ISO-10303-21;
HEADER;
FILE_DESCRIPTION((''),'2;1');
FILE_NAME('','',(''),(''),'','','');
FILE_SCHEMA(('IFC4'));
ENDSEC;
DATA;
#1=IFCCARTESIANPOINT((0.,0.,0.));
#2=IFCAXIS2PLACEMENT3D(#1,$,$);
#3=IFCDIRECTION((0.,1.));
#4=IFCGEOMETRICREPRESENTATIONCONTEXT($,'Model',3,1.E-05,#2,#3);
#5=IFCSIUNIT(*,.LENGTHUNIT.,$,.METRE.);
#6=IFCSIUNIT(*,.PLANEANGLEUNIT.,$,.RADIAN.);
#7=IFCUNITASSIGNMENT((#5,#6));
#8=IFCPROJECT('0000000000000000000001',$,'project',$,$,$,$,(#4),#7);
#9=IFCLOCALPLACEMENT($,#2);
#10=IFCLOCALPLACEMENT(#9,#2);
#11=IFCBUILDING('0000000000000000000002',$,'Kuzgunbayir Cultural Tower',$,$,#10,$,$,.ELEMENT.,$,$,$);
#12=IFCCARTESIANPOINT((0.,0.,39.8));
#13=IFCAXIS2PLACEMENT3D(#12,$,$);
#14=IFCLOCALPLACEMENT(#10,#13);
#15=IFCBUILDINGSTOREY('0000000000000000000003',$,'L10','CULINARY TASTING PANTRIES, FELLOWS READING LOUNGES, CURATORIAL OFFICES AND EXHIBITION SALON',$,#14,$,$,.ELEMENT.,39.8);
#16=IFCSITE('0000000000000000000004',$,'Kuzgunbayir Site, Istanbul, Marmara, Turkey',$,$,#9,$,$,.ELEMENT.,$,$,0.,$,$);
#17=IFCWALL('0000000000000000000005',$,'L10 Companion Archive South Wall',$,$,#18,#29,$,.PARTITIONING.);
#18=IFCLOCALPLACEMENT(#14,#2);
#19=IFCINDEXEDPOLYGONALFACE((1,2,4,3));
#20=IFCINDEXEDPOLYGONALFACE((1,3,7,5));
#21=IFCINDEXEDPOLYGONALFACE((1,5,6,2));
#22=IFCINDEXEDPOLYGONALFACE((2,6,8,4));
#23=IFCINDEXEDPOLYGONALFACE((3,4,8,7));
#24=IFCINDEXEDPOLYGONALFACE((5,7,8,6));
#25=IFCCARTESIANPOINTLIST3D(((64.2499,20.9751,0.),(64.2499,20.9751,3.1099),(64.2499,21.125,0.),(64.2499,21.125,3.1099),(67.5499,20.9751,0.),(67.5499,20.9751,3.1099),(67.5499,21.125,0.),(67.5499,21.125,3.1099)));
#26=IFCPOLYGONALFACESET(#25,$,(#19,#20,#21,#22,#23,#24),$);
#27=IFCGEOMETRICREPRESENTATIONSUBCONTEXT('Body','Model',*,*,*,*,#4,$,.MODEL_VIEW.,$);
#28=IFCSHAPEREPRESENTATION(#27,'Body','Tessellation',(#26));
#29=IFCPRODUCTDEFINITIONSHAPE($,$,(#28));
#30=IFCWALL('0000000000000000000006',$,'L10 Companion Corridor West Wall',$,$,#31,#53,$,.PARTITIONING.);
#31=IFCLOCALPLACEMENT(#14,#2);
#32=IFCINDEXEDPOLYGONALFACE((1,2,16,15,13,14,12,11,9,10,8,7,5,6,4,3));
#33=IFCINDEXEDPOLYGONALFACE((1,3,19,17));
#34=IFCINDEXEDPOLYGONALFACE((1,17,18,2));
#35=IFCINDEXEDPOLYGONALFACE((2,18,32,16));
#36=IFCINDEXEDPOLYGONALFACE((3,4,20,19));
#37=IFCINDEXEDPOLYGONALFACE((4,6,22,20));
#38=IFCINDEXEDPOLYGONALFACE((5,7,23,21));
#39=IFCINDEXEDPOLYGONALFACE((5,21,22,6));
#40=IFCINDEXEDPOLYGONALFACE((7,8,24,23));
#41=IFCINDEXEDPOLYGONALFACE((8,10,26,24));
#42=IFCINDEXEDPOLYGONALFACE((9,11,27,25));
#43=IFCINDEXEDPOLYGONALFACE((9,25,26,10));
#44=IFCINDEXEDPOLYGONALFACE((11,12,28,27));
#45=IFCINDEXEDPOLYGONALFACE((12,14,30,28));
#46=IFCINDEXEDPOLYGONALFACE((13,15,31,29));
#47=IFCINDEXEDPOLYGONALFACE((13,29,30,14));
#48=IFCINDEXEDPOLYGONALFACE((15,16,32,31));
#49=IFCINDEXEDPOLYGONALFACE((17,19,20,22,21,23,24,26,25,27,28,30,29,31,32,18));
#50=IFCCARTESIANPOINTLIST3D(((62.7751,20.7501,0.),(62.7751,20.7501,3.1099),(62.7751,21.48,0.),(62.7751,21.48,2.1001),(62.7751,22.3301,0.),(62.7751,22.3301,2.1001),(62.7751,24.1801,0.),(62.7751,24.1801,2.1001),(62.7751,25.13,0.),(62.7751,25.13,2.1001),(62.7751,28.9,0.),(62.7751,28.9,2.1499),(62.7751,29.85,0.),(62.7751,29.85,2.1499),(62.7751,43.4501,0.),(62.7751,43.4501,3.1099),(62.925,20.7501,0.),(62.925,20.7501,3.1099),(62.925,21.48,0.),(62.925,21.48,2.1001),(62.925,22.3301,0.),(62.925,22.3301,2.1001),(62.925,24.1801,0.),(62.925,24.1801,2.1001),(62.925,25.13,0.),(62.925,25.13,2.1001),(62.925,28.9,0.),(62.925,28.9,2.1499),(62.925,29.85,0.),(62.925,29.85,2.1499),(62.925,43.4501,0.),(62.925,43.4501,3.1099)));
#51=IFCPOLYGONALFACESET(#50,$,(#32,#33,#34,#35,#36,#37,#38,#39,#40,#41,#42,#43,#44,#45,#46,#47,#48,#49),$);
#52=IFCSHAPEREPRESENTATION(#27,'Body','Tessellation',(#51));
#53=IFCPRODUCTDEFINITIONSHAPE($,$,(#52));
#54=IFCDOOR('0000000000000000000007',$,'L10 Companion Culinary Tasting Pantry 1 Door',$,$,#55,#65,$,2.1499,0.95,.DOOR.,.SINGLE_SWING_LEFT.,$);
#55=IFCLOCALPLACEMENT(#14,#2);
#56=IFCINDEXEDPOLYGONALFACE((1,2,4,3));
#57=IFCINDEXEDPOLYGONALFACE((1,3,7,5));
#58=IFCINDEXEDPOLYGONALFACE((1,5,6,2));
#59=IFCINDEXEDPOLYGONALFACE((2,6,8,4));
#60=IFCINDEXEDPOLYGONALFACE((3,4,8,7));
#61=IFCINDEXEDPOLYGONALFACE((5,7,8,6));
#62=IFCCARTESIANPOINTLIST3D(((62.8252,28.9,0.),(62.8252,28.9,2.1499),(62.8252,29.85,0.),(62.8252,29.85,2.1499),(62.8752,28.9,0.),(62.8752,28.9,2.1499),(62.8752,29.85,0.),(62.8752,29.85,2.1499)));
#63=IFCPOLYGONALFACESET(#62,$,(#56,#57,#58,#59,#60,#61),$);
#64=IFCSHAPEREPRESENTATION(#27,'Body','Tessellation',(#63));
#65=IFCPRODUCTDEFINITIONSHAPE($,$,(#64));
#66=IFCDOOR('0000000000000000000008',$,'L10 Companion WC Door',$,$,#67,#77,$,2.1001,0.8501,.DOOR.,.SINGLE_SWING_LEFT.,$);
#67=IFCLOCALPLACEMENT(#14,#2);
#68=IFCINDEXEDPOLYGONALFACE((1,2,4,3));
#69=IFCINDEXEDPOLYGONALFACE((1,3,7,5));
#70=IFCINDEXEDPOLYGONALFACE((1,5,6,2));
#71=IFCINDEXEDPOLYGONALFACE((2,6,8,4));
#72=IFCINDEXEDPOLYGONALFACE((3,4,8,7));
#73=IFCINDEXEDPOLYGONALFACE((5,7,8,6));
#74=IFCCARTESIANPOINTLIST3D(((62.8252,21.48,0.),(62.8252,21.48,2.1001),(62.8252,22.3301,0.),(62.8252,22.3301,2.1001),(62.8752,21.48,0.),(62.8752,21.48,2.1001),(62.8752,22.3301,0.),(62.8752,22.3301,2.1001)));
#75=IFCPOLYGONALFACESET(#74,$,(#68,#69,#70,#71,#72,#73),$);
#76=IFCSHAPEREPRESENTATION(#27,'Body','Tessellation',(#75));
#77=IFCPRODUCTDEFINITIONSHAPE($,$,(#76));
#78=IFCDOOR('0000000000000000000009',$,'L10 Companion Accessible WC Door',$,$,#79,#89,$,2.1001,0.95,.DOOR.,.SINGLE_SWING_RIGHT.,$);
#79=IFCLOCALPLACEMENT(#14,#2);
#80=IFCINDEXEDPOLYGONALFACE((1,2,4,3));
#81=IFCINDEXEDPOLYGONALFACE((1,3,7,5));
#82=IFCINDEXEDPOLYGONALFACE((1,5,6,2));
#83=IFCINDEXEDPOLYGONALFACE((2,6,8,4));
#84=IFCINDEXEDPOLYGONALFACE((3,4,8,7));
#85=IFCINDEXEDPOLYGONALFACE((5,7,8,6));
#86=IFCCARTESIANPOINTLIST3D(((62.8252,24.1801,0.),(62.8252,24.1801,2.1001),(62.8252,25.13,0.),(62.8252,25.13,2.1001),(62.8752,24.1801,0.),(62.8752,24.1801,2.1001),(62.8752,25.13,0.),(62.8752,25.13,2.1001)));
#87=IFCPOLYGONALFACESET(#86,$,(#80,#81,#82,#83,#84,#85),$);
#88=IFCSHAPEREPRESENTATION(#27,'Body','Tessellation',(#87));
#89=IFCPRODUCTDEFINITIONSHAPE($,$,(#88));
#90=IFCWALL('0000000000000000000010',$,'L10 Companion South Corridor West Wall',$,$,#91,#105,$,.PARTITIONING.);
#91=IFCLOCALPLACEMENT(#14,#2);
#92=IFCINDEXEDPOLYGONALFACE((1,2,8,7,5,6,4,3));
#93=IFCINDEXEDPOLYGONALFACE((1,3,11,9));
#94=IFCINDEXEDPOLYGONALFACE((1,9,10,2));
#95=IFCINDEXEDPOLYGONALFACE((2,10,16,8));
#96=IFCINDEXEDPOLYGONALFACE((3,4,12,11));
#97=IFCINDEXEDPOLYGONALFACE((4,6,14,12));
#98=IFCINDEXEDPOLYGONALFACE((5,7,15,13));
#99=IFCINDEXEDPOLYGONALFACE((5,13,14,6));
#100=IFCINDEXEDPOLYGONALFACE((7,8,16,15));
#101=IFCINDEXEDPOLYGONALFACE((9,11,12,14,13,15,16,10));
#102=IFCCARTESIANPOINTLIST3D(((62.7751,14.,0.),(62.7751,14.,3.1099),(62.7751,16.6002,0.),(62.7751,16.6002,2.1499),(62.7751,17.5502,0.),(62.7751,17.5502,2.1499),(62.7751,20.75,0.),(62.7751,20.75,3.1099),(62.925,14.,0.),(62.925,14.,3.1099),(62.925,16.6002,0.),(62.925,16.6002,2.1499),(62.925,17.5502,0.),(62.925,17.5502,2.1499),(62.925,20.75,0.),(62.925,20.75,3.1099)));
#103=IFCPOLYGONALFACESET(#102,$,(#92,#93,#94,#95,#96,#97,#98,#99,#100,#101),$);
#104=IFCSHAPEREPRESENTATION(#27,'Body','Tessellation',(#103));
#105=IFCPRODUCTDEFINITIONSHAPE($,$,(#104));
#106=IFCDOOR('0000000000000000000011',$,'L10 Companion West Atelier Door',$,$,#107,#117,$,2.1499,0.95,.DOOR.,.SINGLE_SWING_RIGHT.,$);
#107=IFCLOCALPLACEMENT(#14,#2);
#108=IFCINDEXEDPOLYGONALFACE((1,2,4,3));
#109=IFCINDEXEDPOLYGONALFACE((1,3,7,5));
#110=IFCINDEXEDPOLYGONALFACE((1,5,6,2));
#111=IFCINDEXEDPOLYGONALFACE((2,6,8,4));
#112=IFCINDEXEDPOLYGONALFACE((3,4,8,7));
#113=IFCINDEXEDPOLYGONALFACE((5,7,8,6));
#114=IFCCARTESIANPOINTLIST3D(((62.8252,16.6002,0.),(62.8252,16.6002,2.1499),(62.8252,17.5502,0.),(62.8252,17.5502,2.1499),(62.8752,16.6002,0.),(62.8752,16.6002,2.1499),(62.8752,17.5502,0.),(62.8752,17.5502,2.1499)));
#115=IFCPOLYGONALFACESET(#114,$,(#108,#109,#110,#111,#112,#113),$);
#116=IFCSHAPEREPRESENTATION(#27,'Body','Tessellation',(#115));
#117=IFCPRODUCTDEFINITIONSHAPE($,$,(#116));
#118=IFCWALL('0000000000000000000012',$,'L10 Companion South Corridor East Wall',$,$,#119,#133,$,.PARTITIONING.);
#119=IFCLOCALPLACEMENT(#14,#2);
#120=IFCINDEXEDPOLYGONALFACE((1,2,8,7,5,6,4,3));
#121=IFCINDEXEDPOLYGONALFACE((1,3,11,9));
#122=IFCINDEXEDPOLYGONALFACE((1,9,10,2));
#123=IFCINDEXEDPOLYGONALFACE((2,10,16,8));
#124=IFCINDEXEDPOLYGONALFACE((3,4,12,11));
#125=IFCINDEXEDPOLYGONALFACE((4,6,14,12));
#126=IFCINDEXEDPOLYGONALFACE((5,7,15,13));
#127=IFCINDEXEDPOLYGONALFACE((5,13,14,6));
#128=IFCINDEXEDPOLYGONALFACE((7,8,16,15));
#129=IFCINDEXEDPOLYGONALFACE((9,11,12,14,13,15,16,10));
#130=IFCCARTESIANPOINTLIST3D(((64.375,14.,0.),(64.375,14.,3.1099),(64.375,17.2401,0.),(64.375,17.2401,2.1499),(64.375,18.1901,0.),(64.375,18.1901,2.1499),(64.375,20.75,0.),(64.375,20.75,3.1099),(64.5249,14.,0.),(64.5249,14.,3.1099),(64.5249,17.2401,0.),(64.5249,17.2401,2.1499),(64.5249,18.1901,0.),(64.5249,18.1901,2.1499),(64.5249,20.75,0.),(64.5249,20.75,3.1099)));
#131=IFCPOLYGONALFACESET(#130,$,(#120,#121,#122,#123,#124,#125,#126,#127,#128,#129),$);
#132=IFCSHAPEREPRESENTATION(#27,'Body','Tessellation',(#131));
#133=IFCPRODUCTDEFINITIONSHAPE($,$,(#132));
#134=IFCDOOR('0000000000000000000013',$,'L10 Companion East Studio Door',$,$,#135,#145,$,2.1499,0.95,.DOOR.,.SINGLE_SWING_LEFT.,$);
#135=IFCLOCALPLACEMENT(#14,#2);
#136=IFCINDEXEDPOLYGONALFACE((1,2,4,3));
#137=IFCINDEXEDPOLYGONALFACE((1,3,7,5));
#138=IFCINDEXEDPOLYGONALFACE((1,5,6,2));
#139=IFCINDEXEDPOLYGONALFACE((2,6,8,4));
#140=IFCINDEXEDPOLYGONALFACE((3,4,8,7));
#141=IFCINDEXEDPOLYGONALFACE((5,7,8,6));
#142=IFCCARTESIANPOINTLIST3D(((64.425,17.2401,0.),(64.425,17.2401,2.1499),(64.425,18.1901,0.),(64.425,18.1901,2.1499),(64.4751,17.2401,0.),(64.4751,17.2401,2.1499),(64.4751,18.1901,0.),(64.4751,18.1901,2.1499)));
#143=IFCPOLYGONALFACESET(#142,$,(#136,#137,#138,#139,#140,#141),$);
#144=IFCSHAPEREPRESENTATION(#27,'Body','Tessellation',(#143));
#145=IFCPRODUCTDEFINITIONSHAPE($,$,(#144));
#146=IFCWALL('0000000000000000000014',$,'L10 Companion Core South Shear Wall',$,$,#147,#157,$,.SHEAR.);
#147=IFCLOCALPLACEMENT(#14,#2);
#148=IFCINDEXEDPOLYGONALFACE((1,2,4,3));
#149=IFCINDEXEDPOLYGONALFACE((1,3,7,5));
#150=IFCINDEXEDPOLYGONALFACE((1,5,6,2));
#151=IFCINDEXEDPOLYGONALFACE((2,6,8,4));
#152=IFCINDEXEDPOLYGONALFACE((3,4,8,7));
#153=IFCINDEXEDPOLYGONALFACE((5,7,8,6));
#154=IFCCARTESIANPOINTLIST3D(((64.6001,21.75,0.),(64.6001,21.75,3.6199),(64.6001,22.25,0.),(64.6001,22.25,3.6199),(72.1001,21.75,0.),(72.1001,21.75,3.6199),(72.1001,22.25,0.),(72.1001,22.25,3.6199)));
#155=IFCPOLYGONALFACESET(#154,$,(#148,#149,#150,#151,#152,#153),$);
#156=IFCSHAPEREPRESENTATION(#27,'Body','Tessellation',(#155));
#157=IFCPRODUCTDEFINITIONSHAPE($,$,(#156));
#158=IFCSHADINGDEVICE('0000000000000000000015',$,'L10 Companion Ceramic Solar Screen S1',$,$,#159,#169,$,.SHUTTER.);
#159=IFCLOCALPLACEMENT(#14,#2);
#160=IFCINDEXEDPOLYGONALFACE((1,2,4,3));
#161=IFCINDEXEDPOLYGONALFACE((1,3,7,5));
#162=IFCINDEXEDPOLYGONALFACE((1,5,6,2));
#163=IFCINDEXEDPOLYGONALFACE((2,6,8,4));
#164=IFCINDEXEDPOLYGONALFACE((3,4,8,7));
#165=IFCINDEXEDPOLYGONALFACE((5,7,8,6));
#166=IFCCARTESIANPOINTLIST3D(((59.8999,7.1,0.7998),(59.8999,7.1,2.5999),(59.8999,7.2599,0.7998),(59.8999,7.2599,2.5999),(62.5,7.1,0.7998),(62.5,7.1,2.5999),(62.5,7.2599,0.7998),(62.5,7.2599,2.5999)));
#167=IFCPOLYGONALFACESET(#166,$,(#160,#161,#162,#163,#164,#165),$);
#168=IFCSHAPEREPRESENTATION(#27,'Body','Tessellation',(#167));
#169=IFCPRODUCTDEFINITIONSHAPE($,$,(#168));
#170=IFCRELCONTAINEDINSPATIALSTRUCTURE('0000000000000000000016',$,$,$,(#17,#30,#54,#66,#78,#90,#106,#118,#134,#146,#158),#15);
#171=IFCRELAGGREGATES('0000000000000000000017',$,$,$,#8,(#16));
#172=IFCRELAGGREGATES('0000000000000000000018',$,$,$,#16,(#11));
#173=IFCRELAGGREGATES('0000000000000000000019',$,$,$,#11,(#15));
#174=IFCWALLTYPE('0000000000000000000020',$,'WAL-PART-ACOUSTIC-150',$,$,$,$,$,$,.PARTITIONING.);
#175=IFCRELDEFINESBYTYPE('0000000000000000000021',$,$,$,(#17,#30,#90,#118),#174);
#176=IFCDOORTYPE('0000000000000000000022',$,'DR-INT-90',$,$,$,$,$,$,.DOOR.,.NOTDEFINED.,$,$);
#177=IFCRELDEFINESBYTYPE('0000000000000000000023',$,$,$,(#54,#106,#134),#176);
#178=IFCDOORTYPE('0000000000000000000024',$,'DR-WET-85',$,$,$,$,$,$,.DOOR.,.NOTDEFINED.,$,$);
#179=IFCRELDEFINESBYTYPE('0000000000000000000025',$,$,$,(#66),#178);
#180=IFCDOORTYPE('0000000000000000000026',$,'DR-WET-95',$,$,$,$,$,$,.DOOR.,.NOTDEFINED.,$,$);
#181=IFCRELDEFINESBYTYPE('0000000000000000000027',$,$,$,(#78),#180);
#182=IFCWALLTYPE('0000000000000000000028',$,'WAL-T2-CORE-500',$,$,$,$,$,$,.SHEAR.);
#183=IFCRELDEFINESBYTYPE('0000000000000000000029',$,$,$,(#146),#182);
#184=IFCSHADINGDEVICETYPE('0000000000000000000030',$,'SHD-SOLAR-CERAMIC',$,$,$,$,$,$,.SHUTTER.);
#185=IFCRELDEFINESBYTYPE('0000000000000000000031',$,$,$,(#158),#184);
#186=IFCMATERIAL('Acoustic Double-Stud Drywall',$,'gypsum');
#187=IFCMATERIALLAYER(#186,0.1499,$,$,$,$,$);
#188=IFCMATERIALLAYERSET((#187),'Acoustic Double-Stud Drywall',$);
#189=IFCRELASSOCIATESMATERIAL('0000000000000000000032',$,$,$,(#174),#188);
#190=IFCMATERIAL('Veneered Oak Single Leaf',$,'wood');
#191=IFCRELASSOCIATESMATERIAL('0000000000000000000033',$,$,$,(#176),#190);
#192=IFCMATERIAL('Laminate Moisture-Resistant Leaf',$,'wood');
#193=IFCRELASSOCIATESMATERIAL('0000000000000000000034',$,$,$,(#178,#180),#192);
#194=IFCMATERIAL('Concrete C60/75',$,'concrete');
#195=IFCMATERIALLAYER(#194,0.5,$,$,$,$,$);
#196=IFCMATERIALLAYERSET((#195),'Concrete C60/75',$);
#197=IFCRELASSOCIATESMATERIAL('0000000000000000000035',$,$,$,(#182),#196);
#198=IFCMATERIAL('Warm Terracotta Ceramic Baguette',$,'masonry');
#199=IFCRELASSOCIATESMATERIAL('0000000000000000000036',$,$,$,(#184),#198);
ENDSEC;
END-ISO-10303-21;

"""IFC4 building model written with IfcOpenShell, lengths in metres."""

from ifc_helpers import new_model, si_unit, direction, frame, frame_2d, origin, origin_2d, place, context, subcontext, project, spatial, rectangle, extrude, material, layer, layer_set, type_object, element, fill, save


model = new_model("IFC4")

# Units and contexts
model_context = context("Model", 3, precision=1e-05, world=origin(), true_north=direction((0.0, 1.0)))
body_context = subcontext(model_context, "Body", "Model", "MODEL_VIEW")
ifc_project = project(units=[si_unit("LENGTHUNIT", "METRE"), si_unit("PLANEANGLEUNIT", "RADIAN")], contexts=[model_context])

# Site, building, storey
site_placement = place(None, origin())
site = spatial("IfcSite", under=ifc_project, at=site_placement, Name="Kuzgunbayir Site, Istanbul, Marmara, Turkey", CompositionType="ELEMENT", RefElevation=0.0)
building_placement = place(site_placement, origin())
building = spatial("IfcBuilding", under=site, at=building_placement, Name="Kuzgunbayir Cultural Tower", CompositionType="ELEMENT")
storey_placement = place(building_placement, frame((0.0, 0.0, 39.8)))
storey = spatial("IfcBuildingStorey", under=building, at=storey_placement, Name="L10", Description="CULINARY TASTING PANTRIES, FELLOWS READING LOUNGES, CURATORIAL OFFICES AND EXHIBITION SALON", CompositionType="ELEMENT", Elevation=39.8)

# Shared definitions
ifc_material_1 = material(Name="Concrete C60/75", Category="concrete")

# Shared definitions
ifc_material_2 = material(Name="Acoustic Double-Stud Drywall", Category="gypsum")
ifc_layer_1 = layer(ifc_material_2, 0.1499)
ifc_layer_set_1 = layer_set([ifc_layer_1], Name="Acoustic Double-Stud Drywall")
wall_type_1 = type_object("IfcWallType", Name="WAL-PART-ACOUSTIC-150", PredefinedType="PARTITIONING", material=ifc_layer_set_1)
ifc_material_3 = material(Name="Veneered Oak Single Leaf", Category="wood")
door_type_1 = type_object("IfcDoorType", Name="DR-INT-90", OperationType="NOTDEFINED", PredefinedType="DOOR", material=ifc_material_3)

# Wall
wall_1_placement = place(storey_placement, frame((64.25, 21.05, 0.0), z_axis=(0.0, 0.0, 1.0), x_axis=(1.0, 0.0, 0.0)))
element("IfcWall", 1, at=wall_1_placement, inside=storey, type_object=wall_type_1, Name="L10 Companion Archive South Wall", PredefinedType="PARTITIONING", context=body_context, shape_type="SweptSolid", body=[
    extrude(rectangle(XDim=3.3, YDim=0.1499, at=frame_2d((1.6499, 0.0))), origin(), (0.0, 0.0, 1.0), 3.1099),
])

# Wall, openings, doors
wall_2_placement = place(storey_placement, frame((62.8501, 20.75, 0.0), z_axis=(0.0, 0.0, 1.0), x_axis=(0.0, 1.0, 0.0)))
wall_2 = element("IfcWall", 2, at=wall_2_placement, inside=storey, type_object=wall_type_1, Name="L10 Companion Corridor West Wall", PredefinedType="PARTITIONING", context=body_context, shape_type="SweptSolid", body=[
    extrude(rectangle(XDim=22.7, YDim=0.1499, at=frame_2d((11.3501, 0.0))), origin(), (0.0, 0.0, 1.0), 3.1099),
])
opening_1_placement = place(wall_2_placement, frame((0.73, 0.0, 0.0)))
opening_1 = element("IfcOpeningElement", 3, at=opening_1_placement, cuts=wall_2, PredefinedType="OPENING", context=body_context, shape_type="SweptSolid", body=[
    extrude(rectangle(XDim=0.8501, YDim=2.1001, at=frame_2d((0.425, 1.05))), frame((0.0, 0.085, 0.0), z_axis=(0.0, -1.0, 0.0), x_axis=(1.0, 0.0, 0.0)), (0.0, 0.0, 1.0), 0.1699),
])
opening_2_placement = place(wall_2_placement, frame((3.4299, 0.0, 0.0)))
opening_2 = element("IfcOpeningElement", 4, at=opening_2_placement, cuts=wall_2, PredefinedType="OPENING", context=body_context, shape_type="SweptSolid", body=[
    extrude(rectangle(XDim=0.95, YDim=2.1001, at=frame_2d((0.4751, 1.05))), frame((0.0, 0.085, 0.0), z_axis=(0.0, -1.0, 0.0), x_axis=(1.0, 0.0, 0.0)), (0.0, 0.0, 1.0), 0.1699),
])
opening_3_placement = place(wall_2_placement, frame((8.1499, 0.0, 0.0)))
opening_3 = element("IfcOpeningElement", 5, at=opening_3_placement, cuts=wall_2, PredefinedType="OPENING", context=body_context, shape_type="SweptSolid", body=[
    extrude(rectangle(XDim=0.95, YDim=2.1499, at=frame_2d((0.4751, 1.075))), frame((0.0, 0.085, 0.0), z_axis=(0.0, -1.0, 0.0), x_axis=(1.0, 0.0, 0.0)), (0.0, 0.0, 1.0), 0.1699),
])
door_1_placement = place(opening_3_placement, origin())
door_1 = element("IfcDoor", 6, at=door_1_placement, inside=storey, type_object=door_type_1, Name="L10 Companion Culinary Tasting Pantry 1 Door", OperationType="SINGLE_SWING_LEFT", OverallHeight=2.1499, OverallWidth=0.95, PredefinedType="DOOR", context=body_context, shape_type="SweptSolid", body=[
    extrude(rectangle(XDim=0.95, YDim=2.1499, at=frame_2d((0.4751, 1.075))), frame((0.0, 0.0249, 0.0), z_axis=(0.0, -1.0, 0.0), x_axis=(1.0, 0.0, 0.0)), (0.0, 0.0, 1.0), 0.05),
])
fill(opening_3, door_1)
ifc_material_4 = material(Name="Laminate Moisture-Resistant Leaf", Category="wood")
door_type_2 = type_object("IfcDoorType", Name="DR-WET-85", OperationType="NOTDEFINED", PredefinedType="DOOR", material=ifc_material_4)
door_2_placement = place(opening_1_placement, origin())
door_2 = element("IfcDoor", 7, at=door_2_placement, inside=storey, type_object=door_type_2, Name="L10 Companion WC Door", OperationType="SINGLE_SWING_LEFT", OverallHeight=2.1001, OverallWidth=0.8501, PredefinedType="DOOR", context=body_context, shape_type="SweptSolid", body=[
    extrude(rectangle(XDim=0.8501, YDim=2.1001, at=frame_2d((0.425, 1.05))), frame((0.0, 0.0249, 0.0), z_axis=(0.0, -1.0, 0.0), x_axis=(1.0, 0.0, 0.0)), (0.0, 0.0, 1.0), 0.05),
])
fill(opening_1, door_2)
door_type_3 = type_object("IfcDoorType", Name="DR-WET-95", OperationType="NOTDEFINED", PredefinedType="DOOR", material=ifc_material_4)
door_3_placement = place(opening_2_placement, origin())
door_3 = element("IfcDoor", 8, at=door_3_placement, inside=storey, type_object=door_type_3, Name="L10 Companion Accessible WC Door", OperationType="SINGLE_SWING_RIGHT", OverallHeight=2.1001, OverallWidth=0.95, PredefinedType="DOOR", context=body_context, shape_type="SweptSolid", body=[
    extrude(rectangle(XDim=0.95, YDim=2.1001, at=frame_2d((0.4751, 1.05))), frame((0.0, 0.0249, 0.0), z_axis=(0.0, -1.0, 0.0), x_axis=(1.0, 0.0, 0.0)), (0.0, 0.0, 1.0), 0.05),
])
fill(opening_2, door_3)

# Walls, openings, doors
wall_3_placement = place(storey_placement, frame((62.8501, 14.0, 0.0), z_axis=(0.0, 0.0, 1.0), x_axis=(0.0, 1.0, 0.0)))
wall_3 = element("IfcWall", 9, at=wall_3_placement, inside=storey, type_object=wall_type_1, Name="L10 Companion South Corridor West Wall", PredefinedType="PARTITIONING", context=body_context, shape_type="SweptSolid", body=[
    extrude(rectangle(XDim=6.75, YDim=0.1499, at=frame_2d((3.375, 0.0))), origin(), (0.0, 0.0, 1.0), 3.1099),
])
opening_4_placement = place(wall_3_placement, frame((2.6001, 0.0, 0.0)))
opening_4 = element("IfcOpeningElement", 10, at=opening_4_placement, cuts=wall_3, PredefinedType="OPENING", context=body_context, shape_type="SweptSolid", body=[
    extrude(rectangle(XDim=0.95, YDim=2.1499, at=frame_2d((0.4751, 1.075))), frame((0.0, 0.085, 0.0), z_axis=(0.0, -1.0, 0.0), x_axis=(1.0, 0.0, 0.0)), (0.0, 0.0, 1.0), 0.1699),
])
door_4_placement = place(opening_4_placement, origin())
door_4 = element("IfcDoor", 11, at=door_4_placement, inside=storey, type_object=door_type_1, Name="L10 Companion West Atelier Door", OperationType="SINGLE_SWING_RIGHT", OverallHeight=2.1499, OverallWidth=0.95, PredefinedType="DOOR", context=body_context, shape_type="SweptSolid", body=[
    extrude(rectangle(XDim=0.95, YDim=2.1499, at=frame_2d((0.4751, 1.075))), frame((0.0, 0.0249, 0.0), z_axis=(0.0, -1.0, 0.0), x_axis=(1.0, 0.0, 0.0)), (0.0, 0.0, 1.0), 0.05),
])
fill(opening_4, door_4)
wall_4_placement = place(storey_placement, frame((64.45, 14.0, 0.0), z_axis=(0.0, 0.0, 1.0), x_axis=(0.0, 1.0, 0.0)))
wall_4 = element("IfcWall", 12, at=wall_4_placement, inside=storey, type_object=wall_type_1, Name="L10 Companion South Corridor East Wall", PredefinedType="PARTITIONING", context=body_context, shape_type="SweptSolid", body=[
    extrude(rectangle(XDim=6.75, YDim=0.1499, at=frame_2d((3.375, 0.0))), origin(), (0.0, 0.0, 1.0), 3.1099),
])
opening_5_placement = place(wall_4_placement, frame((3.24, 0.0, 0.0)))
opening_5 = element("IfcOpeningElement", 13, at=opening_5_placement, cuts=wall_4, PredefinedType="OPENING", context=body_context, shape_type="SweptSolid", body=[
    extrude(rectangle(XDim=0.95, YDim=2.1499, at=frame_2d((0.4751, 1.075))), frame((0.0, 0.085, 0.0), z_axis=(0.0, -1.0, 0.0), x_axis=(1.0, 0.0, 0.0)), (0.0, 0.0, 1.0), 0.1699),
])
door_5_placement = place(opening_5_placement, origin())
door_5 = element("IfcDoor", 14, at=door_5_placement, inside=storey, type_object=door_type_1, Name="L10 Companion East Studio Door", OperationType="SINGLE_SWING_LEFT", OverallHeight=2.1499, OverallWidth=0.95, PredefinedType="DOOR", context=body_context, shape_type="SweptSolid", body=[
    extrude(rectangle(XDim=0.95, YDim=2.1499, at=frame_2d((0.4751, 1.075))), frame((0.0, 0.0249, 0.0), z_axis=(0.0, -1.0, 0.0), x_axis=(1.0, 0.0, 0.0)), (0.0, 0.0, 1.0), 0.05),
])
fill(opening_5, door_5)

# Wall
ifc_layer_2 = layer(ifc_material_1, 0.5)
ifc_layer_set_2 = layer_set([ifc_layer_2], Name="Concrete C60/75")
wall_type_2 = type_object("IfcWallType", Name="WAL-T2-CORE-500", PredefinedType="SHEAR", material=ifc_layer_set_2)
wall_5_placement = place(storey_placement, frame((64.6001, 22.0, 0.0), z_axis=(0.0, 0.0, 1.0), x_axis=(1.0, 0.0, 0.0)))
element("IfcWall", 15, at=wall_5_placement, inside=storey, type_object=wall_type_2, Name="L10 Companion Core South Shear Wall", PredefinedType="SHEAR", context=body_context, shape_type="SweptSolid", body=[
    extrude(rectangle(XDim=7.5, YDim=0.5, at=frame_2d((3.75, 0.0))), origin(), (0.0, 0.0, 1.0), 3.6199),
])

# Shading device
ifc_material_5 = material(Name="Warm Terracotta Ceramic Baguette", Category="masonry")
shading_device_type = type_object("IfcShadingDeviceType", Name="SHD-SOLAR-CERAMIC", PredefinedType="SHUTTER", material=ifc_material_5)
shading_device_placement = place(storey_placement, frame((61.2, 7.1799, 0.7998), z_axis=(0.0, 0.0, 1.0), x_axis=(1.0, 0.0, 0.0)))
element("IfcShadingDevice", 16, at=shading_device_placement, inside=storey, type_object=shading_device_type, Name="L10 Companion Ceramic Solar Screen S1", PredefinedType="SHUTTER", context=body_context, shape_type="SweptSolid", body=[
    extrude(rectangle(XDim=2.6001, YDim=0.1599, at=origin_2d()), origin(), (0.0, 0.0, 1.0), 1.8),
])

save(model, "model.ifc")
